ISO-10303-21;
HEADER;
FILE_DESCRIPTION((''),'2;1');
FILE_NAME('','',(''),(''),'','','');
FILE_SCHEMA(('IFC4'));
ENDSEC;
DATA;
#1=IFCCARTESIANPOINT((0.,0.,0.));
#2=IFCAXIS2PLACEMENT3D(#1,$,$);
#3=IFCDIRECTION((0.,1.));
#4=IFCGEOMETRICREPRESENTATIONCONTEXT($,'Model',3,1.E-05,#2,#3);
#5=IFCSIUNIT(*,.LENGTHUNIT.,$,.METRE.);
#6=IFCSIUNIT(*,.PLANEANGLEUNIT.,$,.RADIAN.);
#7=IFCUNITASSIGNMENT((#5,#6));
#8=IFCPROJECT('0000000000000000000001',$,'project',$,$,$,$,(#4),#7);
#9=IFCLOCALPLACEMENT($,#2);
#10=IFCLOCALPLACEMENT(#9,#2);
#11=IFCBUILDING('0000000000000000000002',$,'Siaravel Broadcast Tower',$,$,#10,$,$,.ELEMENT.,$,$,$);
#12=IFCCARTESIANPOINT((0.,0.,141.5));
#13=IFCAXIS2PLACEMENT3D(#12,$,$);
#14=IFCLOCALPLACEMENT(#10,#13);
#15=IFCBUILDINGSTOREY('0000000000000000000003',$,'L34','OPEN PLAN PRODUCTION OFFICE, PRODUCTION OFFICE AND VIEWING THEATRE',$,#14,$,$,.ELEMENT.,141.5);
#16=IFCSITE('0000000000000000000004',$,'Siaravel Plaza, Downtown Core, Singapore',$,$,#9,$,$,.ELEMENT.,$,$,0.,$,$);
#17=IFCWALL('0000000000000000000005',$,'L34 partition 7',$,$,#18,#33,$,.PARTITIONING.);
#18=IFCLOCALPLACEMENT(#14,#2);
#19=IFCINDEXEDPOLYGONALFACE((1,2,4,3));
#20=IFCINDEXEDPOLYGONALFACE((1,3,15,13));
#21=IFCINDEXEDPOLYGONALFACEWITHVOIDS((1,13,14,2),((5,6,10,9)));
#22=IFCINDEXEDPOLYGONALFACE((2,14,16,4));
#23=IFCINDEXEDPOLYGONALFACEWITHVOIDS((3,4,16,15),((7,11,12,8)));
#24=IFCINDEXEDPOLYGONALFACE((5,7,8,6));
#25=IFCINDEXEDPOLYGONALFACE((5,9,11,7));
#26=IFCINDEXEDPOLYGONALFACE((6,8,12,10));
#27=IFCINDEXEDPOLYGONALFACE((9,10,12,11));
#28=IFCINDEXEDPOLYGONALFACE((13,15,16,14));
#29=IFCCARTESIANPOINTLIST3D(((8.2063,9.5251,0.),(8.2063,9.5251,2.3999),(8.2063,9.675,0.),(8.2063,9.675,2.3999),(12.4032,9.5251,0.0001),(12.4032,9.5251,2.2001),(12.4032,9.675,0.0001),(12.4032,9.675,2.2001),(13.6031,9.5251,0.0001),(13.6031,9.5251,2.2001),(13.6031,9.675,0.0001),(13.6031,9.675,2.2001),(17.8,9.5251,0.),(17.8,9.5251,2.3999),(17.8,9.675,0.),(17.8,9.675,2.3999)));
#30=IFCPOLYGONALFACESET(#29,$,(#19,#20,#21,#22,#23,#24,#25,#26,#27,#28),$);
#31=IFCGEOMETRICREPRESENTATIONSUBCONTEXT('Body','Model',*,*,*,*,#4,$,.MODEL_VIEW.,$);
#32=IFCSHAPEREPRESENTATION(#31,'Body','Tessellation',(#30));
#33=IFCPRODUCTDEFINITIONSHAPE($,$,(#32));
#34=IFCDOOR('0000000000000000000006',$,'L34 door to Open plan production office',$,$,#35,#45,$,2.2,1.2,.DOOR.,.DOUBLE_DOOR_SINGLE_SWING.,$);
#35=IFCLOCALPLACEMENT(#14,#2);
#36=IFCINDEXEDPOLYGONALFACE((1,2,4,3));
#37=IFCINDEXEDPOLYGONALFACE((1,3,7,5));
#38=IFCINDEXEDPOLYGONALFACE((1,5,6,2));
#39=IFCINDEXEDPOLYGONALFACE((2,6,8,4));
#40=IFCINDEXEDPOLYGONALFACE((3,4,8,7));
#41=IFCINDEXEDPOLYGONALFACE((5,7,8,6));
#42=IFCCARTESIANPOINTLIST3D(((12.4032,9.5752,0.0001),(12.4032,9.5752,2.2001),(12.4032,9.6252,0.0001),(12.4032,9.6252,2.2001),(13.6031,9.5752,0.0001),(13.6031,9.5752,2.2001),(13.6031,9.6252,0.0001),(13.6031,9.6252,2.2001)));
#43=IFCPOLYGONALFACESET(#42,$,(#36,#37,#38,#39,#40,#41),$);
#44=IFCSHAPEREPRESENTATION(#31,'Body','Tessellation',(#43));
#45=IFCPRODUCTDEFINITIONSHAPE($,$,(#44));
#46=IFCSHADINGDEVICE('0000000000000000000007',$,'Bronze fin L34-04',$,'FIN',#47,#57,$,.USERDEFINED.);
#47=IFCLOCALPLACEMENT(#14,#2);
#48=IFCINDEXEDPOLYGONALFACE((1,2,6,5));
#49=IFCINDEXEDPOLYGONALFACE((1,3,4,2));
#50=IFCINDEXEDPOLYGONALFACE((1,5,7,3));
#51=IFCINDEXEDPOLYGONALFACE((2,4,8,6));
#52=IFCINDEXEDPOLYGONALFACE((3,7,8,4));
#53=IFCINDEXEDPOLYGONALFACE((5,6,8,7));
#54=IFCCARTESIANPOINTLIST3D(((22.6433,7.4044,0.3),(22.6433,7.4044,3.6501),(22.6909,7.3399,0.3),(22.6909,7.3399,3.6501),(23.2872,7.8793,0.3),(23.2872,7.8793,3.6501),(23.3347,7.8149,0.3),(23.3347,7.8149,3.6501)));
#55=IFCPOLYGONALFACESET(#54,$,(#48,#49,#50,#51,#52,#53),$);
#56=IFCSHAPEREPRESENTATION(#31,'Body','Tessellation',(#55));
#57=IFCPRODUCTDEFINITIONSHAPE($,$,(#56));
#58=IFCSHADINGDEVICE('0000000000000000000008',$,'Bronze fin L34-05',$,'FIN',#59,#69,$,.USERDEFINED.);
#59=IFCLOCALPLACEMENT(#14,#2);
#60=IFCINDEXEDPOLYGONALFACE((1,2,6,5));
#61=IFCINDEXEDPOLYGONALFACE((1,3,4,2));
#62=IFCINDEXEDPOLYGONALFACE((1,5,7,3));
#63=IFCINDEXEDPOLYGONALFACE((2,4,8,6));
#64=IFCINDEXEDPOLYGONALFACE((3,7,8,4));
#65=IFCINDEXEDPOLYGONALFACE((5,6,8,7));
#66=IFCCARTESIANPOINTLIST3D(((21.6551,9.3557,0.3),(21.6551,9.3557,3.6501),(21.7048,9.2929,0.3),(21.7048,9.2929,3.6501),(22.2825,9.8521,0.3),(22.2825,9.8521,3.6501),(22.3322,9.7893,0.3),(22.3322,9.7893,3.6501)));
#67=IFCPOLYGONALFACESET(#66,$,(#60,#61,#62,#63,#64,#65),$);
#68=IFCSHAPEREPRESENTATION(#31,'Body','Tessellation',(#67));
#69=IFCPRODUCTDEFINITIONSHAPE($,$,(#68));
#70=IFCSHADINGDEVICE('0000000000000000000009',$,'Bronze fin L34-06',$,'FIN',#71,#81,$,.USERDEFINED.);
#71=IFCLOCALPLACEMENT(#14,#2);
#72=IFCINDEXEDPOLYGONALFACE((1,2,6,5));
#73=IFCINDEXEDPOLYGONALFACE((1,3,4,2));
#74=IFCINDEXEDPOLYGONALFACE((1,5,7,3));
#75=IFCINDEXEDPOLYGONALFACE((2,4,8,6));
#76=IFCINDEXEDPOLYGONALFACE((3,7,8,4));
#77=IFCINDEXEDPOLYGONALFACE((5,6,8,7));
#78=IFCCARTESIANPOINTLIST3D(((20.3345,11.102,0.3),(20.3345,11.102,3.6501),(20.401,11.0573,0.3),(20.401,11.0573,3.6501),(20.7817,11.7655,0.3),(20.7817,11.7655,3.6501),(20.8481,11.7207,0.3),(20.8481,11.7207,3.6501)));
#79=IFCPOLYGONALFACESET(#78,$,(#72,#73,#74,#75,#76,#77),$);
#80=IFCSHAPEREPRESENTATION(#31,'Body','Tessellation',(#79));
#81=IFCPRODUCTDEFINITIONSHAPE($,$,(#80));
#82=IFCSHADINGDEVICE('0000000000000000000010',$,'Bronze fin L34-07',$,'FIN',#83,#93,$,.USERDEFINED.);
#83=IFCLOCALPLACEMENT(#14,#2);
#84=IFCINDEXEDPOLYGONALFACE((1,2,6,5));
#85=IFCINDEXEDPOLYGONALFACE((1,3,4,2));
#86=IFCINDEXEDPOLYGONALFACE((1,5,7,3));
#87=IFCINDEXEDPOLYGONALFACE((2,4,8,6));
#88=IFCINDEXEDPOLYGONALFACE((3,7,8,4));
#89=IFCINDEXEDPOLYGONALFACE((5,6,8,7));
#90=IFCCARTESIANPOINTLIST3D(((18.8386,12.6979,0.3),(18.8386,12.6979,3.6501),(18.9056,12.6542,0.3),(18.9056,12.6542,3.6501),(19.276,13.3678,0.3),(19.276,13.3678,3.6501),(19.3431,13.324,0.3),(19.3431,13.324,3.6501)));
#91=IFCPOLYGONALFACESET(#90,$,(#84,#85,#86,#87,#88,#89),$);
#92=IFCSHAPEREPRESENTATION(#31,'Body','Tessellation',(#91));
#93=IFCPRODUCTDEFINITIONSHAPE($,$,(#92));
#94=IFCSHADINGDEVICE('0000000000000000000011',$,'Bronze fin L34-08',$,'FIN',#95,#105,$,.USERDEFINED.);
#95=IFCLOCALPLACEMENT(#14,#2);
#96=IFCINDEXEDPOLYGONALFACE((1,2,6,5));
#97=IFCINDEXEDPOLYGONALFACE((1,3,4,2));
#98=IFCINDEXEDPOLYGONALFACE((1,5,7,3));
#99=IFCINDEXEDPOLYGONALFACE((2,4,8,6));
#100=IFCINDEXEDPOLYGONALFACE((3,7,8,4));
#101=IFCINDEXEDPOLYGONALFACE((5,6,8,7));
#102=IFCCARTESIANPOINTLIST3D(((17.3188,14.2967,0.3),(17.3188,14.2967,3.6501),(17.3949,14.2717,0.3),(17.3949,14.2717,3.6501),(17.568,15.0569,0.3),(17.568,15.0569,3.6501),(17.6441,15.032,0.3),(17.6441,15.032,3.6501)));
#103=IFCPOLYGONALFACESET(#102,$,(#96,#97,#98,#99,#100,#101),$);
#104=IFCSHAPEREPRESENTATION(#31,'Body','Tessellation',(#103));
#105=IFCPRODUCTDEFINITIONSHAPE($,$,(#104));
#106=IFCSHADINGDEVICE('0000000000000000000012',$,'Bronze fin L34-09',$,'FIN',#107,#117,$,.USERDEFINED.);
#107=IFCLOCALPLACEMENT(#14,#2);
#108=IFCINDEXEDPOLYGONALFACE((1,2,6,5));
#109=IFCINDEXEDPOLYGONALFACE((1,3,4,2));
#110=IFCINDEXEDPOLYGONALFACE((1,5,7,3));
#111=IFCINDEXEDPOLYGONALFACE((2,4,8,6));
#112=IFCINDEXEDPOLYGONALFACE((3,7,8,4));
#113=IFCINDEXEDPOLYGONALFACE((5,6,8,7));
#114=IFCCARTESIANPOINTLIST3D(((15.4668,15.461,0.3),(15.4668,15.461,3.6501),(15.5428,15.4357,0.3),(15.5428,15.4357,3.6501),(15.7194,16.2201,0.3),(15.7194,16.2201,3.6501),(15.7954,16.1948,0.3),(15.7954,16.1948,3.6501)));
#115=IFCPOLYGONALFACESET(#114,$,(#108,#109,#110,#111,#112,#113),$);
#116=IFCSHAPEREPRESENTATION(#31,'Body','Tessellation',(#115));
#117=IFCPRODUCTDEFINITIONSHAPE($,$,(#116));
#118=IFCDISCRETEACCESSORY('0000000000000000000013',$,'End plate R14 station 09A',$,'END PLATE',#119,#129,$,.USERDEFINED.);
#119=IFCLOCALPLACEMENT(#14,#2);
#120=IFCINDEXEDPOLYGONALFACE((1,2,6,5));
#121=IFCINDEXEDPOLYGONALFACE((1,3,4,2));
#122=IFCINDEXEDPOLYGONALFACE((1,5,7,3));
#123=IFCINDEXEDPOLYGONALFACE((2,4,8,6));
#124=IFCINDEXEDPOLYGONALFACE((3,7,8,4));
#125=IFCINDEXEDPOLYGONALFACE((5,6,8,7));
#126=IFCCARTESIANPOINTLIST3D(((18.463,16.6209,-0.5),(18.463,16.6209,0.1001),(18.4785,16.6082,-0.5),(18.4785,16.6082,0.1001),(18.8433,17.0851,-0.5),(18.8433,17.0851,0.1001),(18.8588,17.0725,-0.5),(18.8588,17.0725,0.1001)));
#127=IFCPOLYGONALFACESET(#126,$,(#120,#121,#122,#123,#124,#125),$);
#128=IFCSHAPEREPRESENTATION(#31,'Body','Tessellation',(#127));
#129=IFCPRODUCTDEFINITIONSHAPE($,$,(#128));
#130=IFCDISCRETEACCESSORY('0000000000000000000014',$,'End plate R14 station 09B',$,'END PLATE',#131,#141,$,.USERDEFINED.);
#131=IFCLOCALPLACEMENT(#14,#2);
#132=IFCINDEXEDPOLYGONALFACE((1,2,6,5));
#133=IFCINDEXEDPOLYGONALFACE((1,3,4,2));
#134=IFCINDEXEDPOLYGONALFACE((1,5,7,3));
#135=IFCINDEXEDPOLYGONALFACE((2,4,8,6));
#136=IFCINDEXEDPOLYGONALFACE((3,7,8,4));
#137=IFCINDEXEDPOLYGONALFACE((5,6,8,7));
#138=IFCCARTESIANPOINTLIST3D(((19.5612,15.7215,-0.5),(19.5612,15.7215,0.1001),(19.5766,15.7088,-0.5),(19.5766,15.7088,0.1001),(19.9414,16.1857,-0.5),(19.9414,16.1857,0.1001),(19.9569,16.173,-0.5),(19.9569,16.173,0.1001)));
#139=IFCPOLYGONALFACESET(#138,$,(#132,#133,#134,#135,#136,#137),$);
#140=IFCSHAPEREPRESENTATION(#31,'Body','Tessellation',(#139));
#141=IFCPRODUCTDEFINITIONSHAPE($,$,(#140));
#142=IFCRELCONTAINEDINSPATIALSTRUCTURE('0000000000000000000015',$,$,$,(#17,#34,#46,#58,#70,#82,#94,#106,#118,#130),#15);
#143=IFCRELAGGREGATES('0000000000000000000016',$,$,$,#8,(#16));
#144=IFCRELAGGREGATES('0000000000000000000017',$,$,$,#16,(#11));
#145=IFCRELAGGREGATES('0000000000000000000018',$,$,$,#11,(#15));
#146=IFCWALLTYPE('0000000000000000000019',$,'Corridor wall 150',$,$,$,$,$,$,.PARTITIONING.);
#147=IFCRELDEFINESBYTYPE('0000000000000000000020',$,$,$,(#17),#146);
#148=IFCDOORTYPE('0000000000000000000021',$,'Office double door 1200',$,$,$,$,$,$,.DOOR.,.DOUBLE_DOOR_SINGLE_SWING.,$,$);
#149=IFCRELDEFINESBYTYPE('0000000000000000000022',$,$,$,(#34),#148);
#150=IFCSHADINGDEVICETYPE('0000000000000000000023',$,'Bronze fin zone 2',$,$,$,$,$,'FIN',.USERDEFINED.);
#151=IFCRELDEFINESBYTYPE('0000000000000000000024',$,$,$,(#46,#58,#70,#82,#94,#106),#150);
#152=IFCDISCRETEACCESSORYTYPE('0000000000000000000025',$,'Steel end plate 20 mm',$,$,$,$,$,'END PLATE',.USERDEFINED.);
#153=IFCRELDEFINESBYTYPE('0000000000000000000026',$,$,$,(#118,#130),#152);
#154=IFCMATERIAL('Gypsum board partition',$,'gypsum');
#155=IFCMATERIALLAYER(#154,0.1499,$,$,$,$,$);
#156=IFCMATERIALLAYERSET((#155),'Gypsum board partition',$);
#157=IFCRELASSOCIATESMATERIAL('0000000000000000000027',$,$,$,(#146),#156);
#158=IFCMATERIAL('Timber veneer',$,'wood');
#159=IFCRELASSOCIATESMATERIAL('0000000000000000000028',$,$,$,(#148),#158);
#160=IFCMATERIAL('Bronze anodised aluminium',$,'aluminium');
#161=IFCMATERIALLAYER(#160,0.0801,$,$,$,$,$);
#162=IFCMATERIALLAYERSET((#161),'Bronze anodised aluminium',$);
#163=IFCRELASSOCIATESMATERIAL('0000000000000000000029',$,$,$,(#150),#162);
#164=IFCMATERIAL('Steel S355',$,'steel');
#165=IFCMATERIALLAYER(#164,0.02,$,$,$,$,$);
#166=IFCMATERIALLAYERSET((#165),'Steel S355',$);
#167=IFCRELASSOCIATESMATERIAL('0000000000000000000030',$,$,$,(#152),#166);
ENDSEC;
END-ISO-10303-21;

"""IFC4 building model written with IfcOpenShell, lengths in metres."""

from ifc_helpers import new_model, si_unit, direction, frame, frame_2d, origin, origin_2d, place, context, subcontext, project, spatial, rectangle, extrude, material, layer, layer_set, type_object, element, fill, save


model = new_model("IFC4")

# Units and contexts
model_context = context("Model", 3, precision=1e-05, world=origin(), true_north=direction((0.0, 1.0)))
body_context = subcontext(model_context, "Body", "Model", "MODEL_VIEW")
ifc_project = project(units=[si_unit("LENGTHUNIT", "METRE"), si_unit("PLANEANGLEUNIT", "RADIAN")], contexts=[model_context])

# Site, building, storey
site_placement = place(None, origin())
site = spatial("IfcSite", under=ifc_project, at=site_placement, Name="Siaravel Plaza, Downtown Core, Singapore", CompositionType="ELEMENT", RefElevation=0.0)
building_placement = place(site_placement, origin())
building = spatial("IfcBuilding", under=site, at=building_placement, Name="Siaravel Broadcast Tower", CompositionType="ELEMENT")
storey_placement = place(building_placement, frame((0.0, 0.0, 141.5)))
storey = spatial("IfcBuildingStorey", under=building, at=storey_placement, Name="L34", Description="OPEN PLAN PRODUCTION OFFICE, PRODUCTION OFFICE AND VIEWING THEATRE", CompositionType="ELEMENT", Elevation=141.5)

# Shared definitions
ifc_material_1 = material(Name="Steel S355", Category="steel")

# Wall, opening, door
ifc_material_2 = material(Name="Gypsum board partition", Category="gypsum")
ifc_layer_1 = layer(ifc_material_2, 0.1499)
ifc_layer_set_1 = layer_set([ifc_layer_1], Name="Gypsum board partition")
wall_type = type_object("IfcWallType", Name="Corridor wall 150", PredefinedType="PARTITIONING", material=ifc_layer_set_1)
wall_placement = place(storey_placement, frame((17.8, 9.6001, 0.0), z_axis=(0.0, 0.0, 1.0), x_axis=(-1.0, 0.0, 0.0)))
wall = element("IfcWall", 1, at=wall_placement, inside=storey, type_object=wall_type, Name="L34 partition 7", PredefinedType="PARTITIONING", context=body_context, shape_type="SweptSolid", body=[
    extrude(rectangle(XDim=9.5938, YDim=0.1499, at=frame_2d((4.7969, 0.0))), origin(), (0.0, 0.0, 1.0), 2.3999),
])
opening_placement = place(wall_placement, frame((4.1968, 0.0, 0.0)))
opening = element("IfcOpeningElement", 2, at=opening_placement, cuts=wall, PredefinedType="OPENING", context=body_context, shape_type="SweptSolid", body=[
    extrude(rectangle(XDim=1.2, YDim=2.2, at=frame_2d((0.6001, 1.1001))), frame((0.0, 0.085, 0.0), z_axis=(0.0, -1.0, 0.0), x_axis=(1.0, 0.0, 0.0)), (0.0, 0.0, 1.0), 0.1699),
])
ifc_material_3 = material(Name="Timber veneer", Category="wood")
door_type = type_object("IfcDoorType", Name="Office double door 1200", OperationType="DOUBLE_DOOR_SINGLE_SWING", PredefinedType="DOOR", material=ifc_material_3)
door_placement = place(opening_placement, origin())
door = element("IfcDoor", 3, at=door_placement, inside=storey, type_object=door_type, Name="L34 door to Open plan production office", OperationType="DOUBLE_DOOR_SINGLE_SWING", OverallHeight=2.2, OverallWidth=1.2, PredefinedType="DOOR", context=body_context, shape_type="SweptSolid", body=[
    extrude(rectangle(XDim=1.2, YDim=2.2, at=frame_2d((0.6001, 1.1001))), frame((0.0, 0.0249, 0.0), z_axis=(0.0, -1.0, 0.0), x_axis=(1.0, 0.0, 0.0)), (0.0, 0.0, 1.0), 0.05),
])
fill(opening, door)

# Shading devices
ifc_material_4 = material(Name="Bronze anodised aluminium", Category="aluminium")
ifc_layer_2 = layer(ifc_material_4, 0.0801)
ifc_layer_set_2 = layer_set([ifc_layer_2], Name="Bronze anodised aluminium")
shading_device_type = type_object("IfcShadingDeviceType", Name="Bronze fin zone 2", ElementType="FIN", PredefinedType="USERDEFINED", material=ifc_layer_set_2)
for number, where, z_axis, x_axis, name in (
    (4, (22.989, 7.6096, 0.3), (0.0, 0.0, 1.0), (0.80474, 0.593627, 0.0), "Bronze fin L34-04"),
    (5, (21.9937, 9.5725, 0.3), (0.0, 0.0, 1.0), (0.784288, 0.620397, 0.0), "Bronze fin L34-05"),
    (6, (20.5913, 11.4114, 0.3), (0.0, 0.0, 1.0), (0.558869, 0.829256, 0.0), "Bronze fin L34-06"),
    (7, (19.0908, 13.011, 0.3), (0.0, 0.0, 1.0), (0.546758, 0.837291, 0.0), "Bronze fin L34-07"),
    (8, (17.4814, 14.6643, 0.3), (0.0, 0.0, 1.0), (0.311521, 0.950239, 0.0), "Bronze fin L34-08"),
    (9, (15.6311, 15.8279, 0.3), (0.0, 0.0, 1.0), (0.315821, 0.948819, 0.0), "Bronze fin L34-09"),
):
    element("IfcShadingDevice", number, at=place(storey_placement, frame(where, z_axis=z_axis, x_axis=x_axis)), inside=storey, type_object=shading_device_type, Name=name, ObjectType="FIN", PredefinedType="USERDEFINED", context=body_context, shape_type="SweptSolid", body=[
        extrude(rectangle(XDim=0.8, YDim=0.0801, at=origin_2d()), origin(), (0.0, 0.0, 1.0), 3.3501),
    ])

# Discrete accessories
ifc_layer_3 = layer(ifc_material_1, 0.02)
ifc_layer_set_3 = layer_set([ifc_layer_3], Name="Steel S355")
discrete_accessory_type = type_object("IfcDiscreteAccessoryType", Name="Steel end plate 20 mm", ElementType="END PLATE", PredefinedType="USERDEFINED", material=ifc_layer_set_3)
for number, where, z_axis, x_axis, name in (
    (10, (18.6609, 16.8467, -0.5), (0.0, 0.0, 1.0), (-0.773602, 0.633671, 0.0), "End plate R14 station 09A"),
    (11, (19.759, 15.9473, -0.5), (0.0, 0.0, 1.0), (-0.773602, 0.633671, 0.0), "End plate R14 station 09B"),
):
    element("IfcDiscreteAccessory", number, at=place(storey_placement, frame(where, z_axis=z_axis, x_axis=x_axis)), inside=storey, type_object=discrete_accessory_type, Name=name, ObjectType="END PLATE", PredefinedType="USERDEFINED", context=body_context, shape_type="SweptSolid", body=[
        extrude(rectangle(XDim=0.02, YDim=0.6001, at=origin_2d()), origin(), (0.0, 0.0, 1.0), 0.6001),
    ])

save(model, "model.ifc")
